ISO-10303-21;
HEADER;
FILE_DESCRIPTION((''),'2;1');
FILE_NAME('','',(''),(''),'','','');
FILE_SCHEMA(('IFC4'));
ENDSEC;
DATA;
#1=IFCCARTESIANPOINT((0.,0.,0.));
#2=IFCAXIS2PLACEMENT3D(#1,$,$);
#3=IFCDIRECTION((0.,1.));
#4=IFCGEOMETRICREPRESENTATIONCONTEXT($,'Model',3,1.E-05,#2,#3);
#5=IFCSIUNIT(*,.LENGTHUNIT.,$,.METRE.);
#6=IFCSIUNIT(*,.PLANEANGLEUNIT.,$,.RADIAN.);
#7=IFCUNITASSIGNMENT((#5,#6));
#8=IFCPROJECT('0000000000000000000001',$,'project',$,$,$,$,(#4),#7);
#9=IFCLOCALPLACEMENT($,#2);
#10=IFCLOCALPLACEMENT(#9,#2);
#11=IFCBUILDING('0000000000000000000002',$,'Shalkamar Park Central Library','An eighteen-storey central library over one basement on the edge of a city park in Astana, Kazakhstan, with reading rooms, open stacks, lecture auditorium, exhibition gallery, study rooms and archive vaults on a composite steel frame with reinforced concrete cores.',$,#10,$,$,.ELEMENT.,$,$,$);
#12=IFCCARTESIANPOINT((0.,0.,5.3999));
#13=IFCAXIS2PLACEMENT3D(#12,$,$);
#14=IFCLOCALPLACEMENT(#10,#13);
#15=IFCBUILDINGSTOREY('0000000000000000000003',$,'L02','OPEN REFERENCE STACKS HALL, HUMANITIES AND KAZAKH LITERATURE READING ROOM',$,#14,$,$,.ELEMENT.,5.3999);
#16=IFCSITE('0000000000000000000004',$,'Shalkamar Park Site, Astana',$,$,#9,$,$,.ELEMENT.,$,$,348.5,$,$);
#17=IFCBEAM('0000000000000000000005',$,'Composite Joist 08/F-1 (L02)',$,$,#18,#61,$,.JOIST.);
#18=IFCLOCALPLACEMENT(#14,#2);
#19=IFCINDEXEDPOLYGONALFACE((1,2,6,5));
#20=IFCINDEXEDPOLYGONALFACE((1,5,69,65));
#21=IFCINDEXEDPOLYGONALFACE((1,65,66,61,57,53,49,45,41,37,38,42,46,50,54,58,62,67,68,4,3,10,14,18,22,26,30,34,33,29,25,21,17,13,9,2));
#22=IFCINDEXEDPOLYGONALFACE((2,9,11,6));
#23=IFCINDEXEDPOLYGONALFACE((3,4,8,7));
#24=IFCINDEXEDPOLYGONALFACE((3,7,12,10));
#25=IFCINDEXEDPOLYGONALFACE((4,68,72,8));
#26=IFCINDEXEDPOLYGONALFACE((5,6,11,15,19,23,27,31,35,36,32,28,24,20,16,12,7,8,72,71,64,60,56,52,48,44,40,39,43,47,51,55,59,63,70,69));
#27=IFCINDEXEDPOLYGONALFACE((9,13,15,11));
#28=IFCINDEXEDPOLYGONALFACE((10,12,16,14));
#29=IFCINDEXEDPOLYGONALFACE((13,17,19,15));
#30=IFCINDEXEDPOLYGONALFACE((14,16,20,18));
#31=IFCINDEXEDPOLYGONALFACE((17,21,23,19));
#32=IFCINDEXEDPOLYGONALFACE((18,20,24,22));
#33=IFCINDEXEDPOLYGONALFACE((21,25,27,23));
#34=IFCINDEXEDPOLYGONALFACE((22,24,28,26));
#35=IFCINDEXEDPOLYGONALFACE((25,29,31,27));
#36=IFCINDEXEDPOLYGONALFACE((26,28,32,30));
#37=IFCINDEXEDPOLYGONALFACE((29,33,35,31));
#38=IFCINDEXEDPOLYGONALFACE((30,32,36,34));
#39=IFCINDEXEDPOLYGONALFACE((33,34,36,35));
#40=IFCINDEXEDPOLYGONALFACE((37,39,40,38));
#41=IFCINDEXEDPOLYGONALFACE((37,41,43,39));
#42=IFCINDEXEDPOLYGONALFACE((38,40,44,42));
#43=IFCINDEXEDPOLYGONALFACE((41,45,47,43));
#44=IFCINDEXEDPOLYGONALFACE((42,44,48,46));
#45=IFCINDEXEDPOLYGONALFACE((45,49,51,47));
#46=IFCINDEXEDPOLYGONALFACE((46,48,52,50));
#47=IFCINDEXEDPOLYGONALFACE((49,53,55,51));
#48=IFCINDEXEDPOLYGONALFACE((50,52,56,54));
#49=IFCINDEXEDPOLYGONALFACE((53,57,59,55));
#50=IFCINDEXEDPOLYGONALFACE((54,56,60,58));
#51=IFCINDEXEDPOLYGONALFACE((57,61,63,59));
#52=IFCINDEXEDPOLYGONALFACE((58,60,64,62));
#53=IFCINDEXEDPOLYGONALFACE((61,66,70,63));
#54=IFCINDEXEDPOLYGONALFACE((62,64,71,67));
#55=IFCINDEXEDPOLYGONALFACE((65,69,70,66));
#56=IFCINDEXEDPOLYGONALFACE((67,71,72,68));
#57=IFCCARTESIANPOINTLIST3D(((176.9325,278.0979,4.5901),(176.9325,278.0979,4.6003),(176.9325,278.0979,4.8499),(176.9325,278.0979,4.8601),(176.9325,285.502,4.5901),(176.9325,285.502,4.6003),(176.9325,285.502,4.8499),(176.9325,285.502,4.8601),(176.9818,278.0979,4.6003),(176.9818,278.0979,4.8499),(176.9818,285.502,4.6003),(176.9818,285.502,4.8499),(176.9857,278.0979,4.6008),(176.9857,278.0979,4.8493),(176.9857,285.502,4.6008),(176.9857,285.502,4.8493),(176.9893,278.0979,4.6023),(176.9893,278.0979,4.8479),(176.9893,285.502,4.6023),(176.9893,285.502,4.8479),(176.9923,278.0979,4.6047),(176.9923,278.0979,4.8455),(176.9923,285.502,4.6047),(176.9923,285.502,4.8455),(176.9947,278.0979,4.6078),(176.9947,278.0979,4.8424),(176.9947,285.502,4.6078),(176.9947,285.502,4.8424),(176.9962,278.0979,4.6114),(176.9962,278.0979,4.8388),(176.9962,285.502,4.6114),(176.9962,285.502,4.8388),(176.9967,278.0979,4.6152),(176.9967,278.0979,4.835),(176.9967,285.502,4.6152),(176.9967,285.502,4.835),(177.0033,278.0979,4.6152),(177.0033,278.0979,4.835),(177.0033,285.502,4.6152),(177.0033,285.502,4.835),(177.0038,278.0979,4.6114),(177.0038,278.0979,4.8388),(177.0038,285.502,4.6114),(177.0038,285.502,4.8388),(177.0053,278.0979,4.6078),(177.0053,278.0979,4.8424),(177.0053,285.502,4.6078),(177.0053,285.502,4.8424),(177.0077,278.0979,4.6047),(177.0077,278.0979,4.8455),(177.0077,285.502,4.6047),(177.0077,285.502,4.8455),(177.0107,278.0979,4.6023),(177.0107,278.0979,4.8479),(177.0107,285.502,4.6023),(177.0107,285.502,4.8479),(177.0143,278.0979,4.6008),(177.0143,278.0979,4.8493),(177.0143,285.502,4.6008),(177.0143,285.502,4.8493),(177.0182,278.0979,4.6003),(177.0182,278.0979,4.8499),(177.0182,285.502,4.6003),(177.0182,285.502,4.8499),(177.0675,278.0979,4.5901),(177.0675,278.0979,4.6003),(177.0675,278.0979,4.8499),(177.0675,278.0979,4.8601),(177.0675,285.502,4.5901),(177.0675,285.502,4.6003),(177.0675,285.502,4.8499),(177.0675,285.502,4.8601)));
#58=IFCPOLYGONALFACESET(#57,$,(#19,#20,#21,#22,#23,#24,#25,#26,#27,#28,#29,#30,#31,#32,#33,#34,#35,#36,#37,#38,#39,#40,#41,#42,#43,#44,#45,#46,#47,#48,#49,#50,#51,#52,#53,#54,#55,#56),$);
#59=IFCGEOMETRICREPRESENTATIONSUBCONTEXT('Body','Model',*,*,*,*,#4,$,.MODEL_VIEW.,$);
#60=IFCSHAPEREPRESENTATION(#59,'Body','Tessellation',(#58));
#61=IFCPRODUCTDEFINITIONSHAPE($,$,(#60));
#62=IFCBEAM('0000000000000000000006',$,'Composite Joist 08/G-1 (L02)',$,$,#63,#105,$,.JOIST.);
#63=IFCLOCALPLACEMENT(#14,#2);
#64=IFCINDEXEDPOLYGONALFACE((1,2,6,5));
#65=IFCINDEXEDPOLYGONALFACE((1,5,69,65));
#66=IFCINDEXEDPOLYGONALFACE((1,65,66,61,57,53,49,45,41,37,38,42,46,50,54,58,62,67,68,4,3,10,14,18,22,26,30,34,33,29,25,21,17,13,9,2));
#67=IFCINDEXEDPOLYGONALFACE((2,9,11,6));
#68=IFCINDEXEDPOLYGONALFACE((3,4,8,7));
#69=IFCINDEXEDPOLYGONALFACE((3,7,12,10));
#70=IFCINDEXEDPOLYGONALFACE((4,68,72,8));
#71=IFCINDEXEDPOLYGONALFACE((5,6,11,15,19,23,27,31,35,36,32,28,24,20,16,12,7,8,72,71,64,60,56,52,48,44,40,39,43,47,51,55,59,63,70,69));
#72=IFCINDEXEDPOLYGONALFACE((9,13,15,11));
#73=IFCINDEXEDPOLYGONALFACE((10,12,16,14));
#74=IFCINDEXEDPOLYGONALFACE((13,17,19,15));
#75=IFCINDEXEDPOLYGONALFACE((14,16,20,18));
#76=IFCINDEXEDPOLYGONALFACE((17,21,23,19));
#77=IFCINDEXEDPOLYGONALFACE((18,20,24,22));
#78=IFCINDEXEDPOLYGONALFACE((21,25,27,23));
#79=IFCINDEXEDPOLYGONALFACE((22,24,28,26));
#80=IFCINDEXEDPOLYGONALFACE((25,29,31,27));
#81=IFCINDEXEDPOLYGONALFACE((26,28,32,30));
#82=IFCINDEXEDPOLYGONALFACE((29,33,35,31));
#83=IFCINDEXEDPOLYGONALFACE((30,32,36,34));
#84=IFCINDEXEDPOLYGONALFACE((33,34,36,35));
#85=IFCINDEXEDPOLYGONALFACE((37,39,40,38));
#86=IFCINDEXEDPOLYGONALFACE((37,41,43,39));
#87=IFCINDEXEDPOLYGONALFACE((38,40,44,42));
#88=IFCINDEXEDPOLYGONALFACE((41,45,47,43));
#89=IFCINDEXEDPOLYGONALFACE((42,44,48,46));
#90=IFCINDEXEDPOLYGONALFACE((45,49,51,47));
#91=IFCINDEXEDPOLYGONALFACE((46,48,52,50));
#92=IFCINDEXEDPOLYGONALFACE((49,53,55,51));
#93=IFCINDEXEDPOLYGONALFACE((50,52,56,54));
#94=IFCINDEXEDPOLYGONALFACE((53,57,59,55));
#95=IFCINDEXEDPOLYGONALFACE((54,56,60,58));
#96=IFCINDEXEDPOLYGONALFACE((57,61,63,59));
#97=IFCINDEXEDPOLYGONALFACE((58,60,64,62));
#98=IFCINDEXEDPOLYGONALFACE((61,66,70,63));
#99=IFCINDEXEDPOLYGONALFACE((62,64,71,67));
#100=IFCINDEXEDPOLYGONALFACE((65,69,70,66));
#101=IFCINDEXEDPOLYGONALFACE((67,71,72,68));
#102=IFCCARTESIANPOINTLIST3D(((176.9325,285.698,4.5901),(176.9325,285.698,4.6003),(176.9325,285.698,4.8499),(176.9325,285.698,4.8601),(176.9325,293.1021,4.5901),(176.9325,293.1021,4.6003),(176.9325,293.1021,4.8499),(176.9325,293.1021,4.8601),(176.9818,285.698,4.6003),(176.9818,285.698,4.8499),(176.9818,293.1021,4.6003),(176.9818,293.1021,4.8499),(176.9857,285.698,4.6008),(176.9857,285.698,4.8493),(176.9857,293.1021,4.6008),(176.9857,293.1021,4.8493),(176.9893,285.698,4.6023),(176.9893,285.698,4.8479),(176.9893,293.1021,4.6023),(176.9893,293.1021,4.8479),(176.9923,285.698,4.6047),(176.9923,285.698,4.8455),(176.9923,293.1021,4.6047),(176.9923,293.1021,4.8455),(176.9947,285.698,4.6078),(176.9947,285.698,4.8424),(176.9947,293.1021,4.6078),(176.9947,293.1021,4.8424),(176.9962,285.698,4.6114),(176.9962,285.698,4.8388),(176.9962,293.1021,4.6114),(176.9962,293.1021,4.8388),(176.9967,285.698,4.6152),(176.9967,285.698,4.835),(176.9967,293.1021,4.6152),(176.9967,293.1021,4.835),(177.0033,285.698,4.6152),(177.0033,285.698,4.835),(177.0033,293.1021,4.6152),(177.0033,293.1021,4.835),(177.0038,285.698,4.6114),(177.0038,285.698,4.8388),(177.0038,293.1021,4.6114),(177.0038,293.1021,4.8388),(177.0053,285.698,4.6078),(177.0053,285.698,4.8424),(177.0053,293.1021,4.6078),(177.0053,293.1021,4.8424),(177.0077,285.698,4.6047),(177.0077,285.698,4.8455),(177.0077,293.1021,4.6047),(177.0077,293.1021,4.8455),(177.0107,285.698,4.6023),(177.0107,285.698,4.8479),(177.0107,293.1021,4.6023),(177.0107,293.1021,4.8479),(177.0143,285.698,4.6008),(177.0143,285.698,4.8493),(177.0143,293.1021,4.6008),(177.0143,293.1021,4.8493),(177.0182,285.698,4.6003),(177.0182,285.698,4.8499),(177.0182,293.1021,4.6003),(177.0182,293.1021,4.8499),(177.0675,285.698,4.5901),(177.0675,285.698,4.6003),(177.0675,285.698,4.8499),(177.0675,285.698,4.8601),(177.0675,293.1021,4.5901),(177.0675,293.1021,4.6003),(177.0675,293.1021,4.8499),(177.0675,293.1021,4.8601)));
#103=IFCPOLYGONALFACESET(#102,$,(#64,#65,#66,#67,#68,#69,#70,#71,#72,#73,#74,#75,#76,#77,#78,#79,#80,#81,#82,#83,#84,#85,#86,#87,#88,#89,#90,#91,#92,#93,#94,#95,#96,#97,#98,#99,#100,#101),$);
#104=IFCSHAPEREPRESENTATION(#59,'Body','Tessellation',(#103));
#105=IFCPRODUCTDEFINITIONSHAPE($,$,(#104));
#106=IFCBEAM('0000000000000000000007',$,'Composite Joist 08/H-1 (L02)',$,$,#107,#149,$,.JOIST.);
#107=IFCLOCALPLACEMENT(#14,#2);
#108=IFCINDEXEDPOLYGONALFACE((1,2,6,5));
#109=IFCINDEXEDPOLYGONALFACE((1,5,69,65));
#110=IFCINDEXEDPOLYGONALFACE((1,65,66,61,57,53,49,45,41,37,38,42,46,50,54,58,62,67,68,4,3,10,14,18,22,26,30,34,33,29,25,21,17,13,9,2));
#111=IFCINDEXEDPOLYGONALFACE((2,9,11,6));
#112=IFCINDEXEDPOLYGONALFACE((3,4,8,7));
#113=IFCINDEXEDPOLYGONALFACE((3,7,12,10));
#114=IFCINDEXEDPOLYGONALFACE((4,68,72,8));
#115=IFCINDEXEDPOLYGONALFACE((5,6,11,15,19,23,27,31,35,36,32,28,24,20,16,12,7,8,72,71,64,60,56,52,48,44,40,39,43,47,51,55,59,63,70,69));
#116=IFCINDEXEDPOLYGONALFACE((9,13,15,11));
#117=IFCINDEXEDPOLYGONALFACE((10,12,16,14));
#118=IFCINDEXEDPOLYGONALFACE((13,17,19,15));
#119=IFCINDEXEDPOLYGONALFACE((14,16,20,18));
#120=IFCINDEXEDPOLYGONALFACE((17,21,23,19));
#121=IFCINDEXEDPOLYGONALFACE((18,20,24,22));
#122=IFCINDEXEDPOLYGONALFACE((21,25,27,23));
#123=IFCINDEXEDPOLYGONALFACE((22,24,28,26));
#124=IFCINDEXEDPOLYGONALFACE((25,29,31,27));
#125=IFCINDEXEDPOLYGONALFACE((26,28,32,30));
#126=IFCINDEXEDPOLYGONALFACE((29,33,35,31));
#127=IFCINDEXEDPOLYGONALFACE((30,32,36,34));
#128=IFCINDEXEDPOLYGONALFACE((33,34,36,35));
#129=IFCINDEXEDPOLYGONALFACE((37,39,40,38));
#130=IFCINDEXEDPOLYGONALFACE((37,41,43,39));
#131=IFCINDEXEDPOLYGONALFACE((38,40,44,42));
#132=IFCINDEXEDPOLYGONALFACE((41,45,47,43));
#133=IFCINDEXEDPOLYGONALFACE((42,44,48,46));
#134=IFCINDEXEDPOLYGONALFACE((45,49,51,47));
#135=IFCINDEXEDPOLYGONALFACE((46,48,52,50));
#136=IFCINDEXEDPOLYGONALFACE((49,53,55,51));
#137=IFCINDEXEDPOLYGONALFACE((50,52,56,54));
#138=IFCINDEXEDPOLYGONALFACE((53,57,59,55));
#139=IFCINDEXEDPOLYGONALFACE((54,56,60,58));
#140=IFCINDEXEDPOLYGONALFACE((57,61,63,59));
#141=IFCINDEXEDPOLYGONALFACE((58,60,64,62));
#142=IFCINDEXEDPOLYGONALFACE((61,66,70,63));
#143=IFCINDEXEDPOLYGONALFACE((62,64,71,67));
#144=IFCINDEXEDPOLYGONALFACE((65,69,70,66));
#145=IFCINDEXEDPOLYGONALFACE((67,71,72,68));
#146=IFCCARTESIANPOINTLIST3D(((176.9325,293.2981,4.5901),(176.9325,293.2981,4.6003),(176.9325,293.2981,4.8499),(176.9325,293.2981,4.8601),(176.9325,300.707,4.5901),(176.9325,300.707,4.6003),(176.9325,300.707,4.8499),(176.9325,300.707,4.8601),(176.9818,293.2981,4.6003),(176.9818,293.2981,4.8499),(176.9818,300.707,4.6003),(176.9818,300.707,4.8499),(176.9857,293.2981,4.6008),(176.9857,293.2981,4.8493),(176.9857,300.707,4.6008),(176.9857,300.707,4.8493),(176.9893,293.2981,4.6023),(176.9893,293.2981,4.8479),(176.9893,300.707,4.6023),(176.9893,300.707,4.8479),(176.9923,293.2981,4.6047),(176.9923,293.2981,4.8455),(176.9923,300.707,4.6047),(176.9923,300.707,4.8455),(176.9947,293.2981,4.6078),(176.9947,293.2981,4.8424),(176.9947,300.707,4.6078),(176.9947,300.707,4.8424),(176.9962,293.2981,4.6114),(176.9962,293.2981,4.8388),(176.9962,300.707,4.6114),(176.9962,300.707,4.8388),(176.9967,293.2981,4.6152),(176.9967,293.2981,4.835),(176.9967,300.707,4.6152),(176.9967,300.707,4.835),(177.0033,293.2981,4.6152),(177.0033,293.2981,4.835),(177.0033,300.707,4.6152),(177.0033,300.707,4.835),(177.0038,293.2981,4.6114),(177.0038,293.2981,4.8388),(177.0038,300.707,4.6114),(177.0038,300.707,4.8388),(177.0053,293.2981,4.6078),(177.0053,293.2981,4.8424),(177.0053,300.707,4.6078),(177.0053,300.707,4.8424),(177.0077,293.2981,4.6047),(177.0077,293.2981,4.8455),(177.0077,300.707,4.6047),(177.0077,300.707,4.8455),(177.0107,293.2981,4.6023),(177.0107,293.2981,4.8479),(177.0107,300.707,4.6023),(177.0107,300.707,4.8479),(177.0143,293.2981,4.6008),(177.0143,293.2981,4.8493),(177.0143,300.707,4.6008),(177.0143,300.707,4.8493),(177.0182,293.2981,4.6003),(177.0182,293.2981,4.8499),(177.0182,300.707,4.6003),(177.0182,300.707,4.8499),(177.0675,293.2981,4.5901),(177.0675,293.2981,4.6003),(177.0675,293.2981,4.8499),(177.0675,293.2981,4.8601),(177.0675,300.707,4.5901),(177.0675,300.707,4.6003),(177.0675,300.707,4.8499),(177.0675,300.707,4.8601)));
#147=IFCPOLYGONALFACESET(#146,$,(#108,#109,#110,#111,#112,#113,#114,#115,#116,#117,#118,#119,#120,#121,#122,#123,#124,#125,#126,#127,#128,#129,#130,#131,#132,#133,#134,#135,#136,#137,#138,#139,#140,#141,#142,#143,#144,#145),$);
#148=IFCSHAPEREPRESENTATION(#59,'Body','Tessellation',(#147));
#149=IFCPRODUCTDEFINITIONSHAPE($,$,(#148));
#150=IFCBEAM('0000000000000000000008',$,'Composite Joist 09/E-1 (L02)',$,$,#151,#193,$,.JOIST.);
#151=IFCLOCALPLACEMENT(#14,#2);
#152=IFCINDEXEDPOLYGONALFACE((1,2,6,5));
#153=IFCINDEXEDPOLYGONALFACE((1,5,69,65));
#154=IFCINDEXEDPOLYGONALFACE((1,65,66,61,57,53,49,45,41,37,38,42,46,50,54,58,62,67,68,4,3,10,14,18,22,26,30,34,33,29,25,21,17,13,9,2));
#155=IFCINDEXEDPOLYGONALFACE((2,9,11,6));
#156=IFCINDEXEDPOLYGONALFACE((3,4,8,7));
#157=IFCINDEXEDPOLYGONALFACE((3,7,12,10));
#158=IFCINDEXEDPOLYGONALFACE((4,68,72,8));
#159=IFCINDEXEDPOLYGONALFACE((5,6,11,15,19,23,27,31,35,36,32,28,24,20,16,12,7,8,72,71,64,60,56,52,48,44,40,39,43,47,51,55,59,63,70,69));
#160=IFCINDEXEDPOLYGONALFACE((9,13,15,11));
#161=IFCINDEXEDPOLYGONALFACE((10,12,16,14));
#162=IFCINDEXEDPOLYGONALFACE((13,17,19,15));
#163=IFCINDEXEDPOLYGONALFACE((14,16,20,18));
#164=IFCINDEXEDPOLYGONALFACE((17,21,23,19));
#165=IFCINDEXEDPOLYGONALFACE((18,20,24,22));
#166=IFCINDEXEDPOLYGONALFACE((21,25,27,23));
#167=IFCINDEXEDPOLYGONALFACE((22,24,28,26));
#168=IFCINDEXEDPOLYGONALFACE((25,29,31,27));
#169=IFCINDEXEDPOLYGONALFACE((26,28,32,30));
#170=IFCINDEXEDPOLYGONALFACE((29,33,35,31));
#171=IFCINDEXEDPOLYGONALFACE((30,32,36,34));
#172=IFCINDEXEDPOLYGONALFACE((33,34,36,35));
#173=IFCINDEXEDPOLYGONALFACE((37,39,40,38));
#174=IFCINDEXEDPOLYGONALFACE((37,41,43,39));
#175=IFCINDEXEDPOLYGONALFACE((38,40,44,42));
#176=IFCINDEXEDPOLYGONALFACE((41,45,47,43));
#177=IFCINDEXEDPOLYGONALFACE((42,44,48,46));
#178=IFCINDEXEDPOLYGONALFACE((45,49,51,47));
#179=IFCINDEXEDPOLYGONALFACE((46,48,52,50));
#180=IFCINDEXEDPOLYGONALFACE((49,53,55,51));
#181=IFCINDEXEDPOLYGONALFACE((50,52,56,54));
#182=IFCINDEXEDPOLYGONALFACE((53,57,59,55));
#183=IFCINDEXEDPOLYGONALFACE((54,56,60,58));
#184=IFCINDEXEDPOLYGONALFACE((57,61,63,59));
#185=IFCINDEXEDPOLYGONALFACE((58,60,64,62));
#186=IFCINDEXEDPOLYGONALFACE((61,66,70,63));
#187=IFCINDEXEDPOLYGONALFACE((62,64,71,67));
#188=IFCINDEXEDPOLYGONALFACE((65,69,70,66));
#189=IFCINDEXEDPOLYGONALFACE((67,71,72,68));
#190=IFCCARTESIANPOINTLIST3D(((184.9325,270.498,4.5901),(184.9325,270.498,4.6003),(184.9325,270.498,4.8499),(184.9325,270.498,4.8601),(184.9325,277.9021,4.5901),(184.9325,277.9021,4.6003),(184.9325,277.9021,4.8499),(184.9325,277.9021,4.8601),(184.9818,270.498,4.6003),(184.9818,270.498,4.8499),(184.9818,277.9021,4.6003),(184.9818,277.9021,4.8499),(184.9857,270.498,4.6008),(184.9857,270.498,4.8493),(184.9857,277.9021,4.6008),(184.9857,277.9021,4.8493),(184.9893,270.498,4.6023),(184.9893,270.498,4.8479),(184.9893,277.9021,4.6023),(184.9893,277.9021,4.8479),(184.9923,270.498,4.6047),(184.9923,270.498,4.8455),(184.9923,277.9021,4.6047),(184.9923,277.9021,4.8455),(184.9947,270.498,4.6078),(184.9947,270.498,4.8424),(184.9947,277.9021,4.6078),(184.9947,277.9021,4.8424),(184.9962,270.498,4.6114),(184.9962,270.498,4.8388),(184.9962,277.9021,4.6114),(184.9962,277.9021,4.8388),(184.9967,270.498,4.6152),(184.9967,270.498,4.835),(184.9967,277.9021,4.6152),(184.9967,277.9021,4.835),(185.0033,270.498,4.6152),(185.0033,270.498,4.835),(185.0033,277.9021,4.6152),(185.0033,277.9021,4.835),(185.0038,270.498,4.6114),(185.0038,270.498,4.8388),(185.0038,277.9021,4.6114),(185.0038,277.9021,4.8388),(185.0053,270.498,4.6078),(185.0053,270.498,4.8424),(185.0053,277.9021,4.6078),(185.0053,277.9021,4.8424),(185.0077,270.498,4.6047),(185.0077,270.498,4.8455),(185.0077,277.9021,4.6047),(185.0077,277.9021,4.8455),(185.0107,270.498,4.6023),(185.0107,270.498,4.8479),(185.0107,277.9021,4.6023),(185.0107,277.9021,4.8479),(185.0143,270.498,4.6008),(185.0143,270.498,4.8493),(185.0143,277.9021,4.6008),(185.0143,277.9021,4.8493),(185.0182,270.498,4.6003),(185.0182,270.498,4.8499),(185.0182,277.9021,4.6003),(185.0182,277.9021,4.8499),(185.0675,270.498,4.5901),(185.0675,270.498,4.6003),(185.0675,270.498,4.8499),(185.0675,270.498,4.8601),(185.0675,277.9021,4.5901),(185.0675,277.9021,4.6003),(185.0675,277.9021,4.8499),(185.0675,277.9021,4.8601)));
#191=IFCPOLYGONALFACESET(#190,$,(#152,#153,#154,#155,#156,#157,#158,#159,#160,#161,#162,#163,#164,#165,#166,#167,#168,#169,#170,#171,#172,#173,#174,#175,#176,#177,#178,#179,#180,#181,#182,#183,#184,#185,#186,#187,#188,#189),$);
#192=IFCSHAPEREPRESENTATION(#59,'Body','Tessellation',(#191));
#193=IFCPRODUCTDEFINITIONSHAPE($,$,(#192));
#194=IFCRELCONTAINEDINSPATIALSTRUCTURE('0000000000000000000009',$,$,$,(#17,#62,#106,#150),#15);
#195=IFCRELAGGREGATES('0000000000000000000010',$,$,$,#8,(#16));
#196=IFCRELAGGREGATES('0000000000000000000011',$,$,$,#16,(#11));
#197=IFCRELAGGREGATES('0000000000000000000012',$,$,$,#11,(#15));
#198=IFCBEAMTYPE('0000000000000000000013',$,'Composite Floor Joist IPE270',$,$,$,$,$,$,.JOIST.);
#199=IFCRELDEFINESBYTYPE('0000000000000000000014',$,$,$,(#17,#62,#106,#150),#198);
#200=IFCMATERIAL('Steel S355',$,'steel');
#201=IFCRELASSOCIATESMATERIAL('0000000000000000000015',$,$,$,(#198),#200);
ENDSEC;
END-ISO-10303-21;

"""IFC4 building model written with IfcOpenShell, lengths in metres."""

from ifc_helpers import new_model, si_unit, direction, frame, origin, origin_2d, place, context, subcontext, project, spatial, i_section, extrude, material, material_profile, profile_set, type_object, element, save


model = new_model("IFC4")

# Units and contexts
model_context = context("Model", 3, precision=1e-05, world=origin(), true_north=direction((0.0, 1.0)))
body_context = subcontext(model_context, "Body", "Model", "MODEL_VIEW")
ifc_project = project(units=[si_unit("LENGTHUNIT", "METRE"), si_unit("PLANEANGLEUNIT", "RADIAN")], contexts=[model_context])

# Site, building, storey
site_placement = place(None, origin())
site = spatial("IfcSite", under=ifc_project, at=site_placement, Name="Shalkamar Park Site, Astana", CompositionType="ELEMENT", RefElevation=348.5)
building_placement = place(site_placement, origin())
building = spatial("IfcBuilding", under=site, at=building_placement, Name="Shalkamar Park Central Library", Description="An eighteen-storey central library over one basement on the edge of a city park in Astana, Kazakhstan, with reading rooms, open stacks, lecture auditorium, exhibition gallery, study rooms and archive vaults on a composite steel frame with reinforced concrete cores.", CompositionType="ELEMENT")
storey_placement = place(building_placement, frame((0.0, 0.0, 5.3999)))
storey = spatial("IfcBuildingStorey", under=building, at=storey_placement, Name="L02", Description="OPEN REFERENCE STACKS HALL, HUMANITIES AND KAZAKH LITERATURE READING ROOM", CompositionType="ELEMENT", Elevation=5.3999)

# Shared definitions
ifc_material = material(Name="Steel S355", Category="steel")

# Beams
ifc_material_profile_1 = material_profile(ifc_material, i_section(OverallWidth=0.135, OverallDepth=0.27, WebThickness=0.0066, FlangeThickness=0.0103, FilletRadius=0.0149, at=origin_2d()), Name="IPE 270")
ifc_profile_set_1 = profile_set([ifc_material_profile_1], Name="Steel S355")
beam_type_1 = type_object("IfcBeamType", Name="Composite Floor Joist IPE270", PredefinedType="JOIST", material=ifc_profile_set_1)
for number, where, z_axis, x_axis, name in (
    (1, (177.0, 278.0979, 4.7251), (0.0, 1.0, 0.0), (-1.0, 0.0, 0.0), "Composite Joist 08/F-1 (L02)"),
    (2, (177.0, 285.698, 4.7251), (0.0, 1.0, 0.0), (-1.0, 0.0, 0.0), "Composite Joist 08/G-1 (L02)"),
):
    element("IfcBeam", number, at=place(storey_placement, frame(where, z_axis=z_axis, x_axis=x_axis)), inside=storey, type_object=beam_type_1, Name=name, PredefinedType="JOIST", context=body_context, shape_type="SweptSolid", body=[
        extrude(i_section(OverallWidth=0.135, OverallDepth=0.27, WebThickness=0.0066, FlangeThickness=0.0103, FilletRadius=0.0149, at=origin_2d()), origin(), (0.0, 0.0, 1.0), 7.4041),
    ])
beam_1_placement = place(storey_placement, frame((177.0, 293.2981, 4.7251), z_axis=(0.0, 1.0, 0.0), x_axis=(-1.0, 0.0, 0.0)))
element("IfcBeam", 3, at=beam_1_placement, inside=storey, type_object=beam_type_1, Name="Composite Joist 08/H-1 (L02)", PredefinedType="JOIST", context=body_context, shape_type="SweptSolid", body=[
    extrude(i_section(OverallWidth=0.135, OverallDepth=0.27, WebThickness=0.0066, FlangeThickness=0.0103, FilletRadius=0.0149, at=origin_2d()), origin(), (0.0, 0.0, 1.0), 7.4089),
])
for number, where, z_axis, x_axis, name in (
    (4, (185.0, 270.498, 4.7251), (0.0, 1.0, 0.0), (-1.0, 0.0, 0.0), "Composite Joist 09/E-1 (L02)"),
):
    element("IfcBeam", number, at=place(storey_placement, frame(where, z_axis=z_axis, x_axis=x_axis)), inside=storey, type_object=beam_type_1, Name=name, PredefinedType="JOIST", context=body_context, shape_type="SweptSolid", body=[
        extrude(i_section(OverallWidth=0.135, OverallDepth=0.27, WebThickness=0.0066, FlangeThickness=0.0103, FilletRadius=0.0149, at=origin_2d()), origin(), (0.0, 0.0, 1.0), 7.4041),
    ])

save(model, "model.ifc")
